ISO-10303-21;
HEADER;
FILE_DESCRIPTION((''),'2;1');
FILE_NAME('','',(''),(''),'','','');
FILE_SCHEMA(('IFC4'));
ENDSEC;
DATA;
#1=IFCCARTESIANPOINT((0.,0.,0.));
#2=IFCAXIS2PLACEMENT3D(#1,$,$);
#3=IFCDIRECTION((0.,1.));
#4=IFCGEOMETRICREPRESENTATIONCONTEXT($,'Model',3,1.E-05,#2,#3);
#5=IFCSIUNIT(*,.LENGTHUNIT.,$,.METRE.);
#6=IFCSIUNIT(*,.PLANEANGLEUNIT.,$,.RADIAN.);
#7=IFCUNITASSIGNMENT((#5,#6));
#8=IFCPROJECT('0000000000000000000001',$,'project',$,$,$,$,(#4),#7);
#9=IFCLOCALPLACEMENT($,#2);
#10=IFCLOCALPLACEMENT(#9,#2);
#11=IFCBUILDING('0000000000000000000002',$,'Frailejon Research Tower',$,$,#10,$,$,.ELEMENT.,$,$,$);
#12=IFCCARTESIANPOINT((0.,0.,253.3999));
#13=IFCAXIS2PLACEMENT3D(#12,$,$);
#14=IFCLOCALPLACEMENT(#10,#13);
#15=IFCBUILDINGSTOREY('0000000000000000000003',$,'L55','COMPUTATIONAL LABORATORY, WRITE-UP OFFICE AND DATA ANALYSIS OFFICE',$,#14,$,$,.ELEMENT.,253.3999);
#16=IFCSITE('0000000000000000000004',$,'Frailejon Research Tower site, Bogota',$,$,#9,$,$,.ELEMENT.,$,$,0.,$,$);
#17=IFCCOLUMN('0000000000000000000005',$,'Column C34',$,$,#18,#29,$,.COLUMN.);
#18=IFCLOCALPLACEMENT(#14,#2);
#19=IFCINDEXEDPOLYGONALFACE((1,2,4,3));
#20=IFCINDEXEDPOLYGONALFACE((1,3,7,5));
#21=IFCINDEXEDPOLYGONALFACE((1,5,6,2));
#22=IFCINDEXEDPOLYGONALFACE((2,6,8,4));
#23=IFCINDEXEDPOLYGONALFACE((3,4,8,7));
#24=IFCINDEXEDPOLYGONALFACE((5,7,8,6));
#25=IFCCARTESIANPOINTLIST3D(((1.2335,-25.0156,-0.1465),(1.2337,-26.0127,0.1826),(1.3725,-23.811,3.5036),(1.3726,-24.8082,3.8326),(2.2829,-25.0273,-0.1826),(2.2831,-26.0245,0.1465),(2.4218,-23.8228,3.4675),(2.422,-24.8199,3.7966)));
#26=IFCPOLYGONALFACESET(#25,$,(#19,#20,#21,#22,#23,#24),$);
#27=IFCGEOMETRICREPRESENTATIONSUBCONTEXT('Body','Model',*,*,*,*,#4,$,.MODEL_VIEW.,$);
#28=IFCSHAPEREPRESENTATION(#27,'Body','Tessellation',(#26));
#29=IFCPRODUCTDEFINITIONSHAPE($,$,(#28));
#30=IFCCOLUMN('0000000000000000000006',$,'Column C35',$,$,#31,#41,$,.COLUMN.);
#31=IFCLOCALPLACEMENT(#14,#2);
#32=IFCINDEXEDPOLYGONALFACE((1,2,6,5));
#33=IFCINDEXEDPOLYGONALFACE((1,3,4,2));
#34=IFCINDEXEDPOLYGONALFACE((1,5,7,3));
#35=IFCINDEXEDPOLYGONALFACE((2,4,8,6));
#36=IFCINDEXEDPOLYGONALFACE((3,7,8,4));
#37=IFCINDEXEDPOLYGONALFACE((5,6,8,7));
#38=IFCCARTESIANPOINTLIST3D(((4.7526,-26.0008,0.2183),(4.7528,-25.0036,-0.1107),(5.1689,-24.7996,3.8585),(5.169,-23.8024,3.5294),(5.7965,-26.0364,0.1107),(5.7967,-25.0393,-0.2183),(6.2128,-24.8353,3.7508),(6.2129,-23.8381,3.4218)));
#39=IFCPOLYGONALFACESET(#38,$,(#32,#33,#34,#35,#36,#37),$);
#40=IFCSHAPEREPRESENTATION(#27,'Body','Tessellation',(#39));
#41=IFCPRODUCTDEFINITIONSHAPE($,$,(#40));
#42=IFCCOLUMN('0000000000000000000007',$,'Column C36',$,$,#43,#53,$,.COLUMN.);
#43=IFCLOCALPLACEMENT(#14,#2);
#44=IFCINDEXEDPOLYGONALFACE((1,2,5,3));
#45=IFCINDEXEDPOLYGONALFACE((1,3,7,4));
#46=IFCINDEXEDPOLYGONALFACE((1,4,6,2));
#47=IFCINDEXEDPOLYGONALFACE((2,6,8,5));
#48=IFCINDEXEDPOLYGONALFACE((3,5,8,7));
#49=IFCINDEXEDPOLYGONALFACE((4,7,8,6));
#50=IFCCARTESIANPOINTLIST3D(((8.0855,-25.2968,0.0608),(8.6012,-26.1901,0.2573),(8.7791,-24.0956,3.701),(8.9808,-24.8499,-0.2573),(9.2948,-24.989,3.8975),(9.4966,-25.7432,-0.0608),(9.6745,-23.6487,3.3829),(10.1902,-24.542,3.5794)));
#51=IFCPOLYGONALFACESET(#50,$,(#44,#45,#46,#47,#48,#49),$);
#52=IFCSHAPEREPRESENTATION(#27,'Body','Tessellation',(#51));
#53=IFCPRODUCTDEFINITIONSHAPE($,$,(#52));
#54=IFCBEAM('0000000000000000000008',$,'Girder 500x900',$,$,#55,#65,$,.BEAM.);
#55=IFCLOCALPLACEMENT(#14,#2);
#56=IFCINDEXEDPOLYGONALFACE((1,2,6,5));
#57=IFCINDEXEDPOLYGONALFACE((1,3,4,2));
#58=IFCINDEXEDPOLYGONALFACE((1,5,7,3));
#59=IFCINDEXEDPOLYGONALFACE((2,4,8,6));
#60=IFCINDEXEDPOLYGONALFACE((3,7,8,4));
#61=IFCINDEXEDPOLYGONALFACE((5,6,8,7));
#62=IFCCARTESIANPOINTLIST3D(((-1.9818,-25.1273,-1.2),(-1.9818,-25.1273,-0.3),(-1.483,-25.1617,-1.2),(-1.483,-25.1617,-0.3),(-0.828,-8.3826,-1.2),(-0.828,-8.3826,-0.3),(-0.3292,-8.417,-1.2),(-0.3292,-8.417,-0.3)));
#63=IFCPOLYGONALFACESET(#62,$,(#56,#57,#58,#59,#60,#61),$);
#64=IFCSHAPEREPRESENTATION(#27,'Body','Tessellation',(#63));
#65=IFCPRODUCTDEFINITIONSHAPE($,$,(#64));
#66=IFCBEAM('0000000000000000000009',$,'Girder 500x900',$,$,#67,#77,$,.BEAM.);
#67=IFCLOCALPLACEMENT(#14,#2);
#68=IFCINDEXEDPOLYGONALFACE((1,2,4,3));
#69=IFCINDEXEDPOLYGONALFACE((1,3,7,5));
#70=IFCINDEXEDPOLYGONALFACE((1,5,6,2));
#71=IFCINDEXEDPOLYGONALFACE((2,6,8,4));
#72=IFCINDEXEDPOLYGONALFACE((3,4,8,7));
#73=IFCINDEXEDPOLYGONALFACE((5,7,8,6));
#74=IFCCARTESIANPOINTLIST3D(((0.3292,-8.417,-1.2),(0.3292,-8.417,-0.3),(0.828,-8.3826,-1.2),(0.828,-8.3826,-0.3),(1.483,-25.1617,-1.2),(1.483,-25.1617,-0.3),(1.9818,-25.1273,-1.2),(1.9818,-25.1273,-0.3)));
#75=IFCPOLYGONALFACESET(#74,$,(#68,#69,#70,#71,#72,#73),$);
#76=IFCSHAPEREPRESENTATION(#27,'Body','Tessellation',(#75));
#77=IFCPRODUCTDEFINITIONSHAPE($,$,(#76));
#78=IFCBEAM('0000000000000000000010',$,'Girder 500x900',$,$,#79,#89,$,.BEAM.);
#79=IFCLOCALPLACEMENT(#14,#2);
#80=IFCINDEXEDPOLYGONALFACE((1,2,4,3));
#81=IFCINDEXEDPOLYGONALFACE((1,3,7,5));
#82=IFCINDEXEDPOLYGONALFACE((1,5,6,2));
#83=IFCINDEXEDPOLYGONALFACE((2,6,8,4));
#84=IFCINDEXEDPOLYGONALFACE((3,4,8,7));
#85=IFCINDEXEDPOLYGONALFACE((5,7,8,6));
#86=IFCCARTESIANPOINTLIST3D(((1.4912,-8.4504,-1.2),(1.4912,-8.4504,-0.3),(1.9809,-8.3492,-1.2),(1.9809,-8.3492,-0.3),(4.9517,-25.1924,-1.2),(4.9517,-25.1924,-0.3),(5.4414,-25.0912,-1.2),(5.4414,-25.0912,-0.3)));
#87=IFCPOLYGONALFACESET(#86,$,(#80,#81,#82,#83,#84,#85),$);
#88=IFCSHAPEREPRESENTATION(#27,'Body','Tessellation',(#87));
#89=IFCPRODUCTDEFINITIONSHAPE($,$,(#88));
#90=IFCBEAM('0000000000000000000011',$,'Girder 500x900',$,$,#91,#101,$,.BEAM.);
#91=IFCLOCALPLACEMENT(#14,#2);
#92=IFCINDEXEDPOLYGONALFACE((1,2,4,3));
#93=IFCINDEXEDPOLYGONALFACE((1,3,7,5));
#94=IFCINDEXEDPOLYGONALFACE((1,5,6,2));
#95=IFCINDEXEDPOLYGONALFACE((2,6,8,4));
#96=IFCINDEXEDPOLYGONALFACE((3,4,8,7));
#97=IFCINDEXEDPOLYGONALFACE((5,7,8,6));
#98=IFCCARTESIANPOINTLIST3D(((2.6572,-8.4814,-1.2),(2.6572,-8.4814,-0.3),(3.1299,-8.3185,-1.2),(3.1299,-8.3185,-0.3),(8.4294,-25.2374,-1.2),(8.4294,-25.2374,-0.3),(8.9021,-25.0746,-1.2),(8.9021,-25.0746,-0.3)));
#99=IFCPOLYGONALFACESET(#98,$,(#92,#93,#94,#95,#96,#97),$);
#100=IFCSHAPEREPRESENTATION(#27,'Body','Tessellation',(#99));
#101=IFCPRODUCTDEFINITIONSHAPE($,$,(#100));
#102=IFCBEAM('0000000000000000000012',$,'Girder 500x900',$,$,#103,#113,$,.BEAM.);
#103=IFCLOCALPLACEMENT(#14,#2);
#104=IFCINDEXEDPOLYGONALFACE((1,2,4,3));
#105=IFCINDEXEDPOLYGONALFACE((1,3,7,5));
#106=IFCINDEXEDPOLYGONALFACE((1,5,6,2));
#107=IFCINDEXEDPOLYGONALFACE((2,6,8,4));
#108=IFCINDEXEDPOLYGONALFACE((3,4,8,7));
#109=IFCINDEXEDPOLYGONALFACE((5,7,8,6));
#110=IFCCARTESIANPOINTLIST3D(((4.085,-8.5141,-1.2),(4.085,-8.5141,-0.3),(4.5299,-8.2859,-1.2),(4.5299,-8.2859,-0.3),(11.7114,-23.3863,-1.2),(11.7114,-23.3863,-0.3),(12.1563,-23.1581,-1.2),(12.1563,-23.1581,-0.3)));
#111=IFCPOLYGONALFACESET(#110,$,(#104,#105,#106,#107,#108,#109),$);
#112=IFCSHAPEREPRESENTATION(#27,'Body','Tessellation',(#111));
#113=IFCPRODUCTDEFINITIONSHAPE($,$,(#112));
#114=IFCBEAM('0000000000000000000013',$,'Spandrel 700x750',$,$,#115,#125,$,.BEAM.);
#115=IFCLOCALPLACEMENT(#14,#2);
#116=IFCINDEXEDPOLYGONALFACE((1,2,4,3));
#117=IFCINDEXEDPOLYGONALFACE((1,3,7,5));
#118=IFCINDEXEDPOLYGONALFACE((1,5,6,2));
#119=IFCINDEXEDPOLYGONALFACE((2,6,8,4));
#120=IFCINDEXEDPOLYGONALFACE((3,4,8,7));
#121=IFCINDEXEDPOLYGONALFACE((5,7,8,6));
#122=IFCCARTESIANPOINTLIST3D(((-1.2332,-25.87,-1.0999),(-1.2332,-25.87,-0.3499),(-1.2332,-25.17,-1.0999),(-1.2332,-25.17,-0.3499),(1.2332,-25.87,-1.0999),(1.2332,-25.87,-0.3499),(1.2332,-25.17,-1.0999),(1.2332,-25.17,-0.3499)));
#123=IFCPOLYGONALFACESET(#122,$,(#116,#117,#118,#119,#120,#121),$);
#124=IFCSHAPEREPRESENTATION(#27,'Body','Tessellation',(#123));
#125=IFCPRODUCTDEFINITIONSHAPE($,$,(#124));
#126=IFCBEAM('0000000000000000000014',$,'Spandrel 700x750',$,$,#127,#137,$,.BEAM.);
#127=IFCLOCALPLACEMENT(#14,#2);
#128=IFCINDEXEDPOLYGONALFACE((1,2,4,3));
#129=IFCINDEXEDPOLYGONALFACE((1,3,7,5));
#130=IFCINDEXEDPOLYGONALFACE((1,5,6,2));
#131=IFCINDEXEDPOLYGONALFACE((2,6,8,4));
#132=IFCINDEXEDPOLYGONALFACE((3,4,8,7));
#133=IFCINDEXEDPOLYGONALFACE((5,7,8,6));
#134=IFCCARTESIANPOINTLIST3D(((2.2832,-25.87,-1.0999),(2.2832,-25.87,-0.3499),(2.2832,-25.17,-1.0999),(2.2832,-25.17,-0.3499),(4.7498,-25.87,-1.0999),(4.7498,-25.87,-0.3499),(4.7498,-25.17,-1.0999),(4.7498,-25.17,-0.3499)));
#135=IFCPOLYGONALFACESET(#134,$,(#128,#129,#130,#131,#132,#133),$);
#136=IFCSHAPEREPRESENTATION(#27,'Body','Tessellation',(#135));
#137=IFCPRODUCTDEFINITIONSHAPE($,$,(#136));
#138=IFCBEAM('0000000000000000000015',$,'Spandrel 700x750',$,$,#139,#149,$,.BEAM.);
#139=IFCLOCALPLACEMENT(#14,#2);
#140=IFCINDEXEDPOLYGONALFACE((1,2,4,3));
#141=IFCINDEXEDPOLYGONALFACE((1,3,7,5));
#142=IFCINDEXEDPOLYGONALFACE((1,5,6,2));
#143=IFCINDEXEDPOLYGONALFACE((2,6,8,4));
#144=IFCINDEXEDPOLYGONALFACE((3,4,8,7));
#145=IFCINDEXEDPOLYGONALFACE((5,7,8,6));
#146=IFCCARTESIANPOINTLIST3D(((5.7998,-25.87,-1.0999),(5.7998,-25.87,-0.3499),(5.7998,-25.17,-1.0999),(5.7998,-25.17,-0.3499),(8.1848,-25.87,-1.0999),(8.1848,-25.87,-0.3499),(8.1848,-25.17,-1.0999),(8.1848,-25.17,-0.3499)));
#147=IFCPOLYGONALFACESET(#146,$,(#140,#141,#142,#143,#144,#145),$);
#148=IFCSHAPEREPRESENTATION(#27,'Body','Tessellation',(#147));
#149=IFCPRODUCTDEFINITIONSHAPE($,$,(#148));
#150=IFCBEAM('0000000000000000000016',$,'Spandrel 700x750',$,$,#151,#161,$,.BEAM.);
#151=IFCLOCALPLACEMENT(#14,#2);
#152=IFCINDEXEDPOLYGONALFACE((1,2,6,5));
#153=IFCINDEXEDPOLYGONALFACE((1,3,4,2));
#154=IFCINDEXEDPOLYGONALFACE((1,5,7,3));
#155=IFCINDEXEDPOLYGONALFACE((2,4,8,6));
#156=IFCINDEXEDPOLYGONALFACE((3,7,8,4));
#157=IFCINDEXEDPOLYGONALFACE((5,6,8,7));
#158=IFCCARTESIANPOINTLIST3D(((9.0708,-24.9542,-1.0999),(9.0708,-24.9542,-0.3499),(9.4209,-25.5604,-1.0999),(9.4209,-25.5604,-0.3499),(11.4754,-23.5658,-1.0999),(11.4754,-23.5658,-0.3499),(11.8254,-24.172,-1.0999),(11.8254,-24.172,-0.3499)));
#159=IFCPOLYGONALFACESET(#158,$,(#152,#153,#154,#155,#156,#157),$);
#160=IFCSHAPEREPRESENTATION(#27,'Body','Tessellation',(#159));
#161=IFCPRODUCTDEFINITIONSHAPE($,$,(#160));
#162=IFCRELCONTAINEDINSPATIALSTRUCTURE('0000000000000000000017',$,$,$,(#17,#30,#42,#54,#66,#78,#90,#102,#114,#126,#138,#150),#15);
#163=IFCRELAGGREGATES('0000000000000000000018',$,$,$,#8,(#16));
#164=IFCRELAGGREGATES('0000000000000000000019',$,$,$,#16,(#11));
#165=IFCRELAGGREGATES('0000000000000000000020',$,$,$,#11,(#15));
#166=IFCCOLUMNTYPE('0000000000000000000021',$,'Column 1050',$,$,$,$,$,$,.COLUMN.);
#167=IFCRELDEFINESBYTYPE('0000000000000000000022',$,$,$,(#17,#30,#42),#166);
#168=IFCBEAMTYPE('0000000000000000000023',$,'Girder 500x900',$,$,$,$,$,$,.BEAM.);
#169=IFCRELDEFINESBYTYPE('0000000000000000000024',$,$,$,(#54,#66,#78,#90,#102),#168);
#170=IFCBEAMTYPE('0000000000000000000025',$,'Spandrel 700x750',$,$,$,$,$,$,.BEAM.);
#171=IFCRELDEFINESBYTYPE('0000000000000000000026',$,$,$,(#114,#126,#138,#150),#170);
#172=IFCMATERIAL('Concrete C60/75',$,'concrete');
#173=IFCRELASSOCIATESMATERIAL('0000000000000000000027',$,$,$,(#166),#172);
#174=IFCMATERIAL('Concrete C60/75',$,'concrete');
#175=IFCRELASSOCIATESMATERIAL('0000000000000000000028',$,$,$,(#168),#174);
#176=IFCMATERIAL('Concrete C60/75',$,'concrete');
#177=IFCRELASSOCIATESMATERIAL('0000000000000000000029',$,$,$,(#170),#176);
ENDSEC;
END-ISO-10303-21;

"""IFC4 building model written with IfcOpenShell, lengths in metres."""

from ifc_helpers import new_model, si_unit, direction, frame, origin, origin_2d, place, context, subcontext, project, spatial, rectangle, extrude, material, material_profile, profile_set, type_object, element, save


model = new_model("IFC4")

# Units and contexts
model_context = context("Model", 3, precision=1e-05, world=origin(), true_north=direction((0.0, 1.0)))
body_context = subcontext(model_context, "Body", "Model", "MODEL_VIEW")
ifc_project = project(units=[si_unit("LENGTHUNIT", "METRE"), si_unit("PLANEANGLEUNIT", "RADIAN")], contexts=[model_context])

# Site, building, storey
site_placement = place(None, origin())
site = spatial("IfcSite", under=ifc_project, at=site_placement, Name="Frailejon Research Tower site, Bogota", CompositionType="ELEMENT", RefElevation=0.0)
building_placement = place(site_placement, origin())
building = spatial("IfcBuilding", under=site, at=building_placement, Name="Frailejon Research Tower", CompositionType="ELEMENT")
storey_placement = place(building_placement, frame((0.0, 0.0, 253.3999)))
storey = spatial("IfcBuildingStorey", under=building, at=storey_placement, Name="L55", Description="COMPUTATIONAL LABORATORY, WRITE-UP OFFICE AND DATA ANALYSIS OFFICE", CompositionType="ELEMENT", Elevation=253.3999)

# Columns
ifc_material_1 = material(Name="Concrete C60/75", Category="concrete")
ifc_material_profile_1 = material_profile(ifc_material_1, rectangle(XDim=1.05, YDim=1.05, at=origin_2d()), Name="Column 1050")
ifc_profile_set_1 = profile_set([ifc_material_profile_1], Name="Concrete C60/75")
column_type = type_object("IfcColumnType", Name="Column 1050", PredefinedType="COLUMN", material=ifc_profile_set_1)
column_1_placement = place(storey_placement, frame((1.7583, -25.52, 0.0), z_axis=(0.036117, 0.313183, 0.949006), x_axis=(0.999348, -0.011192, -0.034339)))
element("IfcColumn", 1, at=column_1_placement, inside=storey, type_object=column_type, Name="Column C34", PredefinedType="COLUMN", context=body_context, shape_type="SweptSolid", body=[
    extrude(rectangle(XDim=1.05, YDim=1.05, at=origin_2d()), origin(), (0.0, 0.0, 1.0), 3.8462),
])
column_2_placement = place(storey_placement, frame((5.2747, -25.52, 0.0), z_axis=(0.107959, 0.311529, 0.944084), x_axis=(0.994155, -0.033953, -0.102481)))
element("IfcColumn", 2, at=column_2_placement, inside=storey, type_object=column_type, Name="Column C35", PredefinedType="COLUMN", context=body_context, shape_type="SweptSolid", body=[
    extrude(rectangle(XDim=1.05, YDim=1.05, at=origin_2d()), origin(), (0.0, 0.0, 1.0), 3.8557),
])
column_3_placement = place(storey_placement, frame((8.791, -25.52, 0.0), z_axis=(0.178055, 0.308353, 0.93446), x_axis=(0.85269, 0.425627, -0.302923)))
element("IfcColumn", 3, at=column_3_placement, inside=storey, type_object=column_type, Name="Column C36", PredefinedType="COLUMN", context=body_context, shape_type="SweptSolid", body=[
    extrude(rectangle(XDim=1.05, YDim=1.05, at=origin_2d()), origin(), (0.0, 0.0, 1.0), 3.8955),
])

# Beams
ifc_material_2 = material(Name="Concrete C60/75", Category="concrete")
ifc_material_profile_2 = material_profile(ifc_material_2, rectangle(XDim=0.5, YDim=0.8999, at=origin_2d()), Name="Girder 500x900")
ifc_profile_set_2 = profile_set([ifc_material_profile_2], Name="Concrete C60/75")
beam_type_1 = type_object("IfcBeamType", Name="Girder 500x900", PredefinedType="BEAM", material=ifc_profile_set_2)
for number, where, z_axis, x_axis, name in (
    (4, (-1.7324, -25.1445, -0.75), (0.068743, 0.997634, 0.0), (-0.997634, 0.068743, 0.0), "Girder 500x900"),
    (5, (1.7324, -25.1445, -0.75), (-0.068743, 0.997634, 0.0), (-0.997634, -0.068743, 0.0), "Girder 500x900"),
):
    element("IfcBeam", number, at=place(storey_placement, frame(where, z_axis=z_axis, x_axis=x_axis)), inside=storey, type_object=beam_type_1, Name=name, PredefinedType="BEAM", context=body_context, shape_type="SweptSolid", body=[
        extrude(rectangle(XDim=0.5, YDim=0.8999, at=origin_2d()), origin(), (0.0, 0.0, 1.0), 16.7844),
    ])
beam_1_placement = place(storey_placement, frame((5.1965, -25.1418, -0.75), z_axis=(-0.202415, 0.9793, 0.0), x_axis=(-0.9793, -0.202415, 0.0)))
element("IfcBeam", 6, at=beam_1_placement, inside=storey, type_object=beam_type_1, Name="Girder 500x900", PredefinedType="BEAM", context=body_context, shape_type="SweptSolid", body=[
    extrude(rectangle(XDim=0.5, YDim=0.8999, at=origin_2d()), origin(), (0.0, 0.0, 1.0), 17.0959),
])
beam_2_placement = place(storey_placement, frame((8.6658, -25.156, -0.75), z_axis=(-0.325701, 0.945473, 0.0), x_axis=(-0.945473, -0.325701, 0.0)))
element("IfcBeam", 7, at=beam_2_placement, inside=storey, type_object=beam_type_1, Name="Girder 500x900", PredefinedType="BEAM", context=body_context, shape_type="SweptSolid", body=[
    extrude(rectangle(XDim=0.5, YDim=0.8999, at=origin_2d()), origin(), (0.0, 0.0, 1.0), 17.7224),
])
beam_3_placement = place(storey_placement, frame((11.9338, -23.2722, -0.75), z_axis=(-0.456299, 0.889826, 0.0), x_axis=(-0.889826, -0.456299, 0.0)))
element("IfcBeam", 8, at=beam_3_placement, inside=storey, type_object=beam_type_1, Name="Girder 500x900", PredefinedType="BEAM", context=body_context, shape_type="SweptSolid", body=[
    extrude(rectangle(XDim=0.5, YDim=0.8999, at=origin_2d()), origin(), (0.0, 0.0, 1.0), 16.7136),
])
ifc_material_3 = material(Name="Concrete C60/75", Category="concrete")
ifc_material_profile_3 = material_profile(ifc_material_3, rectangle(XDim=0.7, YDim=0.75, at=origin_2d()), Name="Spandrel 700x750")
ifc_profile_set_3 = profile_set([ifc_material_profile_3], Name="Concrete C60/75")
beam_type_2 = type_object("IfcBeamType", Name="Spandrel 700x750", PredefinedType="BEAM", material=ifc_profile_set_3)
beam_4_placement = place(storey_placement, frame((-1.2332, -25.52, -0.7249), z_axis=(1.0, 0.0, 0.0), x_axis=(0.0, 1.0, 0.0)))
element("IfcBeam", 9, at=beam_4_placement, inside=storey, type_object=beam_type_2, Name="Spandrel 700x750", PredefinedType="BEAM", context=body_context, shape_type="SweptSolid", body=[
    extrude(rectangle(XDim=0.7, YDim=0.75, at=origin_2d()), origin(), (0.0, 0.0, 1.0), 2.4663),
])
beam_5_placement = place(storey_placement, frame((2.2832, -25.52, -0.7249), z_axis=(1.0, 0.0, 0.0), x_axis=(0.0, 1.0, 0.0)))
element("IfcBeam", 10, at=beam_5_placement, inside=storey, type_object=beam_type_2, Name="Spandrel 700x750", PredefinedType="BEAM", context=body_context, shape_type="SweptSolid", body=[
    extrude(rectangle(XDim=0.7, YDim=0.75, at=origin_2d()), origin(), (0.0, 0.0, 1.0), 2.4666),
])
beam_6_placement = place(storey_placement, frame((5.7998, -25.52, -0.7249), z_axis=(1.0, 0.0, 0.0), x_axis=(0.0, 1.0, 0.0)))
element("IfcBeam", 11, at=beam_6_placement, inside=storey, type_object=beam_type_2, Name="Spandrel 700x750", PredefinedType="BEAM", context=body_context, shape_type="SweptSolid", body=[
    extrude(rectangle(XDim=0.7, YDim=0.75, at=origin_2d()), origin(), (0.0, 0.0, 1.0), 2.385),
])
beam_7_placement = place(storey_placement, frame((9.2458, -25.2573, -0.7249), z_axis=(0.866, 0.500045, 0.0), x_axis=(-0.500045, 0.866, 0.0)))
element("IfcBeam", 12, at=beam_7_placement, inside=storey, type_object=beam_type_2, Name="Spandrel 700x750", PredefinedType="BEAM", context=body_context, shape_type="SweptSolid", body=[
    extrude(rectangle(XDim=0.7, YDim=0.75, at=origin_2d()), origin(), (0.0, 0.0, 1.0), 2.7766),
])

save(model, "model.ifc")
